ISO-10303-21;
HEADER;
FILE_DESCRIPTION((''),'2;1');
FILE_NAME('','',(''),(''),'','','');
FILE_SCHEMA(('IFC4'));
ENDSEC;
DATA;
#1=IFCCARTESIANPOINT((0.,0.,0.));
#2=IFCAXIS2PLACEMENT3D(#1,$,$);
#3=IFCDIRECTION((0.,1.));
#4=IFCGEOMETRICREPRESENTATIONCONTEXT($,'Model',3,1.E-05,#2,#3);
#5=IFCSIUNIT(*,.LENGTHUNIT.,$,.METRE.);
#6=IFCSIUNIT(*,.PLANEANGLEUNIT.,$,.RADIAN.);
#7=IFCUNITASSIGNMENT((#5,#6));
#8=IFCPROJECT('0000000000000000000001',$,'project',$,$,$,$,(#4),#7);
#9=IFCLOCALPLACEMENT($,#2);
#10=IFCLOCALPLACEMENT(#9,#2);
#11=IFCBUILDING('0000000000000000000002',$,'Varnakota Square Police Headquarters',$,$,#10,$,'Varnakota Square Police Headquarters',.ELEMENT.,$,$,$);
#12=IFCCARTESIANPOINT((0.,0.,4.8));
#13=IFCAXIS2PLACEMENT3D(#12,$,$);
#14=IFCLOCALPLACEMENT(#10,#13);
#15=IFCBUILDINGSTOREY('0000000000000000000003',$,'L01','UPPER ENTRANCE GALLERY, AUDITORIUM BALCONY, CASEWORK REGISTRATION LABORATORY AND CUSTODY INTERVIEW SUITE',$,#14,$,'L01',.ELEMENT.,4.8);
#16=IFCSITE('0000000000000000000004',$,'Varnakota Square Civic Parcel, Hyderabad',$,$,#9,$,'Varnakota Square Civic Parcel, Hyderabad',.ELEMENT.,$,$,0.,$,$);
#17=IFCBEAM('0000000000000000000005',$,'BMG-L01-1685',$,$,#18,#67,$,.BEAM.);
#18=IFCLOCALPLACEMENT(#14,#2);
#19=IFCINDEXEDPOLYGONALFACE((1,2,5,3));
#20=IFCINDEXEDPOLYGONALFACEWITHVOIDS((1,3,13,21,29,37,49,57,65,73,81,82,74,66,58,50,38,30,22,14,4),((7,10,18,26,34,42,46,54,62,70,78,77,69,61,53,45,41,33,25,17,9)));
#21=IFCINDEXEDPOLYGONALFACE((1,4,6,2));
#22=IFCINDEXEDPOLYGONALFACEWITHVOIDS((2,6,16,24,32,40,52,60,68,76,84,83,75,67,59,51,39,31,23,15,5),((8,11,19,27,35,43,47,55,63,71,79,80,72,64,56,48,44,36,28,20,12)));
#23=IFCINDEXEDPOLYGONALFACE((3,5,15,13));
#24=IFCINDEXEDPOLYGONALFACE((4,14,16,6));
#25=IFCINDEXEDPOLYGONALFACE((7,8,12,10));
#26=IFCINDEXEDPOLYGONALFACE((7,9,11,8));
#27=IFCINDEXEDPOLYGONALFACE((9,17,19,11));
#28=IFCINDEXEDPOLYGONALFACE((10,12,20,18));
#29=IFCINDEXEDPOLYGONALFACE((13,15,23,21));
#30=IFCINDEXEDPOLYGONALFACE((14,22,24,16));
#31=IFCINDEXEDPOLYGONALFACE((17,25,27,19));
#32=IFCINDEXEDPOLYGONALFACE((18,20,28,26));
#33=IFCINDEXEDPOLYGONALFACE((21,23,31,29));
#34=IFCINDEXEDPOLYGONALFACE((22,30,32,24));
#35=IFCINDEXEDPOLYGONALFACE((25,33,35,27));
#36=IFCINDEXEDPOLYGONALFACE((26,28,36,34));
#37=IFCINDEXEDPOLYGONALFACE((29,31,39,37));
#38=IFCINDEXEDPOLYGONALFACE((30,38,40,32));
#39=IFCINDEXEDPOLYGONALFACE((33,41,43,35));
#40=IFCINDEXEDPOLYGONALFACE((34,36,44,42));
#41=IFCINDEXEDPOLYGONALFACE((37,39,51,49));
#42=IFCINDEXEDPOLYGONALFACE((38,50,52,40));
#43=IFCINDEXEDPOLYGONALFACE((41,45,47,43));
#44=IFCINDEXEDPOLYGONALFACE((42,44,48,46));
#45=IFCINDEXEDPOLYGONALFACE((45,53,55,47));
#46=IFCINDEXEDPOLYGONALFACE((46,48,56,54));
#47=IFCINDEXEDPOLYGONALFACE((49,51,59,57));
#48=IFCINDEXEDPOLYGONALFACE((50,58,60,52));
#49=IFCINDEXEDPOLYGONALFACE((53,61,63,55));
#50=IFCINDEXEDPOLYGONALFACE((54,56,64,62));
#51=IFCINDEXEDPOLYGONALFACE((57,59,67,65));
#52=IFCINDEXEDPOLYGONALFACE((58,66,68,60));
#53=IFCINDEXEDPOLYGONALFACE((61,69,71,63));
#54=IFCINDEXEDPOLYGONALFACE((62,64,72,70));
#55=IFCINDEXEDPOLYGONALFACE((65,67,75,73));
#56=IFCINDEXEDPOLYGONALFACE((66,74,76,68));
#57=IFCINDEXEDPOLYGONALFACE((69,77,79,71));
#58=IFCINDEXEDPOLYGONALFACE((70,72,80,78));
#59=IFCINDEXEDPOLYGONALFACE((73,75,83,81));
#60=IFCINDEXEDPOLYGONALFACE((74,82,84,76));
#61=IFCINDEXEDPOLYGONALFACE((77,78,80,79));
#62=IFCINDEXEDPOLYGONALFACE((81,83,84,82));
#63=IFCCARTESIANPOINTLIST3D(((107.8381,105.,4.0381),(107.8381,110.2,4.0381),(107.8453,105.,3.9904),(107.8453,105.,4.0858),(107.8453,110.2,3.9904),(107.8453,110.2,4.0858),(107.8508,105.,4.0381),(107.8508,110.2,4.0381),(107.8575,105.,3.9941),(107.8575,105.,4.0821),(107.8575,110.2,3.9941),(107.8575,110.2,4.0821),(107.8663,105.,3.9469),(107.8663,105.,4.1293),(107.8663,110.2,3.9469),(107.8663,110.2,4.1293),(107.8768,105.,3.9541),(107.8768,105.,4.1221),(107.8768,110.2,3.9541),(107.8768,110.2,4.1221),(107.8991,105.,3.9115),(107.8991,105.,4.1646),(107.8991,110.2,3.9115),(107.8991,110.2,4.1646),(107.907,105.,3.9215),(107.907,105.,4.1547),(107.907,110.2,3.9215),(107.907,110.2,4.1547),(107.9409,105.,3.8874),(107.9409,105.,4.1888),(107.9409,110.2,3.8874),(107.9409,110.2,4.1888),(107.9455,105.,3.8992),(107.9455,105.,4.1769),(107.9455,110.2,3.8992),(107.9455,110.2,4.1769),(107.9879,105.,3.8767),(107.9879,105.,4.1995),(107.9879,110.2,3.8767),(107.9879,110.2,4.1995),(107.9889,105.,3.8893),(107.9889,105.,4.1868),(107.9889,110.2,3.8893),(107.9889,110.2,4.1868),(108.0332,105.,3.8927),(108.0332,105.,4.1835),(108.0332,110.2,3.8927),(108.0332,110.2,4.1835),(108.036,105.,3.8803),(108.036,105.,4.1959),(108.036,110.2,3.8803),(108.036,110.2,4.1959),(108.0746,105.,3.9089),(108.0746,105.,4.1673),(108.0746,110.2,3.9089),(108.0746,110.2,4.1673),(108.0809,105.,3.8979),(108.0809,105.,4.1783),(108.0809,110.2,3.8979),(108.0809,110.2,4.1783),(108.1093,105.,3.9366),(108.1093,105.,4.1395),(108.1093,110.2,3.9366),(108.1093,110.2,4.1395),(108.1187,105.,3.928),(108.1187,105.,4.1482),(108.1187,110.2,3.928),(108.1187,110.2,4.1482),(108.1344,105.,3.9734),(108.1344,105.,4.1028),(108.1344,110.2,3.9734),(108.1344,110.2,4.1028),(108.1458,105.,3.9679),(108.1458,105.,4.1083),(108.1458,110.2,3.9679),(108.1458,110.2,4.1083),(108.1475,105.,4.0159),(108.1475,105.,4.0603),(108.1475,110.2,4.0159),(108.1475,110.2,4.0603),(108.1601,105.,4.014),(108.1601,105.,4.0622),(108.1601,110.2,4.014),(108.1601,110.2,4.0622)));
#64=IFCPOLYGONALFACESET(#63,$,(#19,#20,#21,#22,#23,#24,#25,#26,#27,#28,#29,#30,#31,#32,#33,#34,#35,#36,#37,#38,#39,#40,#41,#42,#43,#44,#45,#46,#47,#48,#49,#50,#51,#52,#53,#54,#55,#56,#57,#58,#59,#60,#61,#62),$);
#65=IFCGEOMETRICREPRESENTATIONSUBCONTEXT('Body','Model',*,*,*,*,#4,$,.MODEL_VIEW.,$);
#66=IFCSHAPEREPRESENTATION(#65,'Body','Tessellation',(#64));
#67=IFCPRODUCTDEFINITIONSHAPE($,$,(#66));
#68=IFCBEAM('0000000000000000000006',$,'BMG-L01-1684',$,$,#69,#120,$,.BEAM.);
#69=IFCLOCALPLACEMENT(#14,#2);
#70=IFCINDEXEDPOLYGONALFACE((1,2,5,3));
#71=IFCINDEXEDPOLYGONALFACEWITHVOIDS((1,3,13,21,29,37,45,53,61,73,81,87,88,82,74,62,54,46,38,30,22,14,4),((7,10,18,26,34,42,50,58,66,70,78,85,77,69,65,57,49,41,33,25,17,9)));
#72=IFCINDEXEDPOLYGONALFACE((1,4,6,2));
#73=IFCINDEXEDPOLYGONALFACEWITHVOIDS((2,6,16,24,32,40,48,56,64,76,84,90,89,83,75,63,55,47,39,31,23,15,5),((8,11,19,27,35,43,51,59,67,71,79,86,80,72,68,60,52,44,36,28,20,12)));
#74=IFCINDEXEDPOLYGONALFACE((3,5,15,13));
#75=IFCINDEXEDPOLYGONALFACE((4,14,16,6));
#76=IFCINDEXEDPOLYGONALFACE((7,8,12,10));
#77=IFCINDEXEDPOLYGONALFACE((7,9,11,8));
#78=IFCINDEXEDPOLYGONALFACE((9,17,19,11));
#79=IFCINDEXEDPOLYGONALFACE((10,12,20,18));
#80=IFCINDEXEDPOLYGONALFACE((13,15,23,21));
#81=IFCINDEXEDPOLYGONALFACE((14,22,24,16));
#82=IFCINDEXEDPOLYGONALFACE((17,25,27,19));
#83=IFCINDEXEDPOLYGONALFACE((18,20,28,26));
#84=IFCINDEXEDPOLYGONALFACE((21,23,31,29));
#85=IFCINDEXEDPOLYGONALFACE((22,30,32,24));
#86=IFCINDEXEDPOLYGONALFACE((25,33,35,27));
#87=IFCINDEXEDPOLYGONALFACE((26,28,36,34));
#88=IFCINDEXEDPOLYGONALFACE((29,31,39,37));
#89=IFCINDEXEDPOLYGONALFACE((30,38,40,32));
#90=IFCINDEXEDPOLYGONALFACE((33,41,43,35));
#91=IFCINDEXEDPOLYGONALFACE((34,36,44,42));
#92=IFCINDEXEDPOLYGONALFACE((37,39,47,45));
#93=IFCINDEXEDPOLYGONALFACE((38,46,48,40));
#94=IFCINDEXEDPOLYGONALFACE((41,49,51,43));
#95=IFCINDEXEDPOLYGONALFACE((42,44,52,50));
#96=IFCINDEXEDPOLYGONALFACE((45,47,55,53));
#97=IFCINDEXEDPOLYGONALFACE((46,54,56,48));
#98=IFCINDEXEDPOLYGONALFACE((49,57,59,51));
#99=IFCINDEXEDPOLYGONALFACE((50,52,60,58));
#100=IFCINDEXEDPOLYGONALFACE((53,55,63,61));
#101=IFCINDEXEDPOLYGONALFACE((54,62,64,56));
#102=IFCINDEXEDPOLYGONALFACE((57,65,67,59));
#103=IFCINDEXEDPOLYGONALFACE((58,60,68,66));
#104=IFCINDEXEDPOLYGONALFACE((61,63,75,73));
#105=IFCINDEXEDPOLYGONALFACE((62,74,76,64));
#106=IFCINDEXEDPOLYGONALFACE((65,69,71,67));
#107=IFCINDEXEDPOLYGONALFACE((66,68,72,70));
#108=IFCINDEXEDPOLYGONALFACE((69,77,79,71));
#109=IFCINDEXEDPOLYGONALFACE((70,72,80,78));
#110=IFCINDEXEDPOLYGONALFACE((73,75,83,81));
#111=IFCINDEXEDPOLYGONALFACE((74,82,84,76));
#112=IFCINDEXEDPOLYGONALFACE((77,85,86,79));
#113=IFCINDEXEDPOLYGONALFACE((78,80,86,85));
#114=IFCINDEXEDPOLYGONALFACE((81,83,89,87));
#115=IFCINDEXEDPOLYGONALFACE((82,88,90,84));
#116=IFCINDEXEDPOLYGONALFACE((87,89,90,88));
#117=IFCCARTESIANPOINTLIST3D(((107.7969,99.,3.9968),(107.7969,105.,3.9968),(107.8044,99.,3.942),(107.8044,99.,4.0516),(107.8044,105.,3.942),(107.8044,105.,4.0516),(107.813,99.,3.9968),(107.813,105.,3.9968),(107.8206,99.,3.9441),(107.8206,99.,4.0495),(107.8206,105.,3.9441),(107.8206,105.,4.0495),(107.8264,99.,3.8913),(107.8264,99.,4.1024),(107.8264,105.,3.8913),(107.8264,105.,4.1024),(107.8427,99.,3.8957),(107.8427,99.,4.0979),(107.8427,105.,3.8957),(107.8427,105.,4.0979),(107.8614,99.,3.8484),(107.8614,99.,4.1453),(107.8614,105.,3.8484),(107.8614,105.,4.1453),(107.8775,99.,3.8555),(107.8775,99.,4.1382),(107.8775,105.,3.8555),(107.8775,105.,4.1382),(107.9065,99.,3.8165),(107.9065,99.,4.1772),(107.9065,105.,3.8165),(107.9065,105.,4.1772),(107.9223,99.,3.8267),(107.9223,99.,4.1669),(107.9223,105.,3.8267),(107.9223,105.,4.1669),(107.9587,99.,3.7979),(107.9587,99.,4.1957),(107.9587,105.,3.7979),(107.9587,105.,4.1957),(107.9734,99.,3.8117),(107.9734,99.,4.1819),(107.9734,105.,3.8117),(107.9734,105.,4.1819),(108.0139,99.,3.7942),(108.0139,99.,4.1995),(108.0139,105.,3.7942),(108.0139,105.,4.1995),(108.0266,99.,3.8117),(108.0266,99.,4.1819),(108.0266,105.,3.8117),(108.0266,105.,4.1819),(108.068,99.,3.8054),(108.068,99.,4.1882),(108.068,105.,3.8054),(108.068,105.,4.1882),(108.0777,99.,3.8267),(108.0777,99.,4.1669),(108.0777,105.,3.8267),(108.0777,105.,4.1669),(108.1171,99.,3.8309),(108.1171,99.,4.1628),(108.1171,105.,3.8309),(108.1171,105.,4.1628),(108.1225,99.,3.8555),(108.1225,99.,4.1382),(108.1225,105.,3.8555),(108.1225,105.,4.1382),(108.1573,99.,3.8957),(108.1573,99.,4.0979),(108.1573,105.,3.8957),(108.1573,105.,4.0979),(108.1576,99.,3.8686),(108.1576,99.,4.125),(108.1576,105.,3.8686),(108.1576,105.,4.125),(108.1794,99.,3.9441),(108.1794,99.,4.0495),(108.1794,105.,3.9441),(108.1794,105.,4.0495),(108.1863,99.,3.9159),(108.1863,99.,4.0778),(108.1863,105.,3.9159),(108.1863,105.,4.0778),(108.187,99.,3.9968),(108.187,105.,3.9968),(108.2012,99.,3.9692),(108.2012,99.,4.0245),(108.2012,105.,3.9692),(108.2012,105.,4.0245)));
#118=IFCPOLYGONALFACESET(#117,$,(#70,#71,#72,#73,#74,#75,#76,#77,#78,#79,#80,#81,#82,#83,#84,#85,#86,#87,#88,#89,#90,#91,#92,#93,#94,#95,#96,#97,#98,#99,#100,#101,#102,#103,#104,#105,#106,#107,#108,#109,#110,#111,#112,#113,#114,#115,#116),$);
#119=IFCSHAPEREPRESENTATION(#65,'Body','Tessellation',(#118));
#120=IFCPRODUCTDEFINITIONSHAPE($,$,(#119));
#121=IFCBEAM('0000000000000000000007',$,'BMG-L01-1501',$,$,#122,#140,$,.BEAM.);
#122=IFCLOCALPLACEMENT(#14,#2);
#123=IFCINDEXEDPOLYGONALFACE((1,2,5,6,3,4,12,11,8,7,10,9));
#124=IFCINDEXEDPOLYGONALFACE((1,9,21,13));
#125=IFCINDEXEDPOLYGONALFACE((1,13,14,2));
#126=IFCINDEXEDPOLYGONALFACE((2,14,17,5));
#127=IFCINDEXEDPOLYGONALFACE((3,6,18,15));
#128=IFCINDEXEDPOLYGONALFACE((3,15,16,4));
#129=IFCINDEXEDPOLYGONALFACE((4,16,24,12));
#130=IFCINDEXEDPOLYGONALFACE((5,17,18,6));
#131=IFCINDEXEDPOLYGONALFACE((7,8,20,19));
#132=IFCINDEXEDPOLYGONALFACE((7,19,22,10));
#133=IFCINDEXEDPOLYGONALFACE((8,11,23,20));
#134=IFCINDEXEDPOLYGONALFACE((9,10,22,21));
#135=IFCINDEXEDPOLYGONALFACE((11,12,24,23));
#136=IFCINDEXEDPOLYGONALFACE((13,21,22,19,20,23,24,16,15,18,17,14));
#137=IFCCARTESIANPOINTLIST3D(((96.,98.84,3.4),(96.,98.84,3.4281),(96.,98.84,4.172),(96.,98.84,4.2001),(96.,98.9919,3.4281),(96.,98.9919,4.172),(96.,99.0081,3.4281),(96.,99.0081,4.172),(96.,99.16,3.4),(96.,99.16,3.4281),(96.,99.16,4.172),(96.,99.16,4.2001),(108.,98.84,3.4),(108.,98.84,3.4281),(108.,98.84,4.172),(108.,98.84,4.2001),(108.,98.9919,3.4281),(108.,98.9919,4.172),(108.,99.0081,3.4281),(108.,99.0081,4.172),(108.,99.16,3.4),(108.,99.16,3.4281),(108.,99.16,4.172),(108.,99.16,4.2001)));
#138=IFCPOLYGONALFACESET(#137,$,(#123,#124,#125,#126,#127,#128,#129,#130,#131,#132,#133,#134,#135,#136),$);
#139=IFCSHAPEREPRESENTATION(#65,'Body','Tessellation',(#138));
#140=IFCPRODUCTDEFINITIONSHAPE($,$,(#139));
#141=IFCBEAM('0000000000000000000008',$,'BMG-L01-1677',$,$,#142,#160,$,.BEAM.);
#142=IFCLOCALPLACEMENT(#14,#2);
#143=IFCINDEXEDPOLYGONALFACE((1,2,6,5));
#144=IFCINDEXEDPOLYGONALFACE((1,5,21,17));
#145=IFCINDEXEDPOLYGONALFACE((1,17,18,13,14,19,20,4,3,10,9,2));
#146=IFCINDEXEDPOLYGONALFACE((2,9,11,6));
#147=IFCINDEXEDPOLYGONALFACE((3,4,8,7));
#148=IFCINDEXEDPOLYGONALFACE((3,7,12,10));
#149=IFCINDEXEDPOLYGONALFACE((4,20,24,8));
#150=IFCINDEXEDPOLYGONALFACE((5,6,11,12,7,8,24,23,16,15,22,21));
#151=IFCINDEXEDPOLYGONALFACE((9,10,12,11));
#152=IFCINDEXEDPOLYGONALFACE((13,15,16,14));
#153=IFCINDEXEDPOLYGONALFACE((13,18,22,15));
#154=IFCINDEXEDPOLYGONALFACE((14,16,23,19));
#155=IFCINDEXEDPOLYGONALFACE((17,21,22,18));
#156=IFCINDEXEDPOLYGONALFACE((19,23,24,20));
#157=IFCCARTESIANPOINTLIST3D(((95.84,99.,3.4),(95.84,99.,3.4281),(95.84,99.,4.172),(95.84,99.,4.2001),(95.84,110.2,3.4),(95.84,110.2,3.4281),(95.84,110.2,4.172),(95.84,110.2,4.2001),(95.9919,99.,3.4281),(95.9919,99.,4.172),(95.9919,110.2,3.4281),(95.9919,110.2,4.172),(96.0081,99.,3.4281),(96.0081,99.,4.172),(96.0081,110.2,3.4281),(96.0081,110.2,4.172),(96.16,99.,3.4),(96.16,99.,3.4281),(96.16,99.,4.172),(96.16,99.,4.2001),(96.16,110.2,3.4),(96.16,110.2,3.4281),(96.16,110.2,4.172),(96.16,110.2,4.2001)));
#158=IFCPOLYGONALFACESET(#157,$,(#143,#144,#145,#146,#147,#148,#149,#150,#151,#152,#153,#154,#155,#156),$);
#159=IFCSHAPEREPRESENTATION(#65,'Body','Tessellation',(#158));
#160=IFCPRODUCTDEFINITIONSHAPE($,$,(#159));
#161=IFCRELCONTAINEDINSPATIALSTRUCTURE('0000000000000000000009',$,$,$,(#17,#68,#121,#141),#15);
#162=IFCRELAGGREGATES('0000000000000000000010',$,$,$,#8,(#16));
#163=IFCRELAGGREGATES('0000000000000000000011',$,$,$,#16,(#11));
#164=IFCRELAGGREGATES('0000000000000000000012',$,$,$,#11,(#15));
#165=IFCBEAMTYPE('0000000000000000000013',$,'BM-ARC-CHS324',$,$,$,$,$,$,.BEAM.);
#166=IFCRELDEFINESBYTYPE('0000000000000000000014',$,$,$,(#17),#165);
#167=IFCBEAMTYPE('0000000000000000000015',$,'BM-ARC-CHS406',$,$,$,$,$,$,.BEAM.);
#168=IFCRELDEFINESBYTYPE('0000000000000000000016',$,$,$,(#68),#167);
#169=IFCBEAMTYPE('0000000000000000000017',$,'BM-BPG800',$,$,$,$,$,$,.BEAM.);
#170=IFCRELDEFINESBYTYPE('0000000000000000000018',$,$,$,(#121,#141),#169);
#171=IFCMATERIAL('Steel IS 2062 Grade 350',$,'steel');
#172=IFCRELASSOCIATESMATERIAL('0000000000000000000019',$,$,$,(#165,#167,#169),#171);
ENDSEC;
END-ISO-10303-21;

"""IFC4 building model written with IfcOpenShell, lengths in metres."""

from ifc_helpers import new_model, si_unit, direction, frame, origin, origin_2d, place, context, subcontext, project, spatial, hollow_circle, i_section, extrude, material, material_profile, profile_set, type_object, element, save


model = new_model("IFC4")

# Units and contexts
model_context = context("Model", 3, precision=1e-05, world=origin(), true_north=direction((0.0, 1.0)))
body_context = subcontext(model_context, "Body", "Model", "MODEL_VIEW")
ifc_project = project(units=[si_unit("LENGTHUNIT", "METRE"), si_unit("PLANEANGLEUNIT", "RADIAN")], contexts=[model_context])

# Site, building, storey
site_placement = place(None, origin())
site = spatial("IfcSite", under=ifc_project, at=site_placement, Name="Varnakota Square Civic Parcel, Hyderabad", LongName="Varnakota Square Civic Parcel, Hyderabad", CompositionType="ELEMENT", RefElevation=0.0)
building_placement = place(site_placement, origin())
building = spatial("IfcBuilding", under=site, at=building_placement, Name="Varnakota Square Police Headquarters", LongName="Varnakota Square Police Headquarters", CompositionType="ELEMENT")
storey_placement = place(building_placement, frame((0.0, 0.0, 4.8)))
storey = spatial("IfcBuildingStorey", under=building, at=storey_placement, Name="L01", Description="UPPER ENTRANCE GALLERY, AUDITORIUM BALCONY, CASEWORK REGISTRATION LABORATORY AND CUSTODY INTERVIEW SUITE", LongName="L01", CompositionType="ELEMENT", Elevation=4.8)

# Shared definitions
ifc_material_1 = material(Name="Steel IS 2062 Grade 350", Category="steel")

# Beams
ifc_material_profile_1 = material_profile(ifc_material_1, hollow_circle(Radius=0.1619, WallThickness=0.0127, at=origin_2d()), Name="CHS 323.9x12.7")
ifc_profile_set_1 = profile_set([ifc_material_profile_1], Name="Steel IS 2062 Grade 350")
beam_type_1 = type_object("IfcBeamType", Name="BM-ARC-CHS324", PredefinedType="BEAM", material=ifc_profile_set_1)
beam_1_placement = place(storey_placement, frame((108.0, 105.0, 4.0381), z_axis=(0.0, 1.0, 0.0), x_axis=(-1.0, 0.0, 0.0)))
element("IfcBeam", 1, at=beam_1_placement, inside=storey, type_object=beam_type_1, Name="BMG-L01-1685", PredefinedType="BEAM", context=body_context, shape_type="SweptSolid", body=[
    extrude(hollow_circle(Radius=0.1619, WallThickness=0.0127, at=origin_2d()), origin(), (0.0, 0.0, 1.0), 5.2),
])
ifc_material_profile_2 = material_profile(ifc_material_1, hollow_circle(Radius=0.2031, WallThickness=0.0161, at=origin_2d()), Name="CHS 406.4x16.0")
ifc_profile_set_2 = profile_set([ifc_material_profile_2], Name="Steel IS 2062 Grade 350")
beam_type_2 = type_object("IfcBeamType", Name="BM-ARC-CHS406", PredefinedType="BEAM", material=ifc_profile_set_2)
beam_2_placement = place(storey_placement, frame((108.0, 99.0, 3.9968), z_axis=(0.0, 1.0, 0.0), x_axis=(-1.0, 0.0, 0.0)))
element("IfcBeam", 2, at=beam_2_placement, inside=storey, type_object=beam_type_2, Name="BMG-L01-1684", PredefinedType="BEAM", context=body_context, shape_type="SweptSolid", body=[
    extrude(hollow_circle(Radius=0.2031, WallThickness=0.0161, at=origin_2d()), origin(), (0.0, 0.0, 1.0), 6.0),
])
ifc_material_profile_3 = material_profile(ifc_material_1, i_section(OverallWidth=0.3201, OverallDepth=0.8, WebThickness=0.0161, FlangeThickness=0.0281, at=origin_2d()), Name="BPG 800x320")
ifc_profile_set_3 = profile_set([ifc_material_profile_3], Name="Steel IS 2062 Grade 350")
beam_type_3 = type_object("IfcBeamType", Name="BM-BPG800", PredefinedType="BEAM", material=ifc_profile_set_3)
beam_3_placement = place(storey_placement, frame((96.0, 99.0, 3.8), z_axis=(1.0, 0.0, 0.0), x_axis=(0.0, 1.0, 0.0)))
element("IfcBeam", 3, at=beam_3_placement, inside=storey, type_object=beam_type_3, Name="BMG-L01-1501", PredefinedType="BEAM", context=body_context, shape_type="SweptSolid", body=[
    extrude(i_section(OverallWidth=0.3201, OverallDepth=0.8, WebThickness=0.0161, FlangeThickness=0.0281, at=origin_2d()), origin(), (0.0, 0.0, 1.0), 12.0),
])
beam_4_placement = place(storey_placement, frame((96.0, 99.0, 3.8), z_axis=(0.0, 1.0, 0.0), x_axis=(-1.0, 0.0, 0.0)))
element("IfcBeam", 4, at=beam_4_placement, inside=storey, type_object=beam_type_3, Name="BMG-L01-1677", PredefinedType="BEAM", context=body_context, shape_type="SweptSolid", body=[
    extrude(i_section(OverallWidth=0.3201, OverallDepth=0.8, WebThickness=0.0161, FlangeThickness=0.0281, at=origin_2d()), origin(), (0.0, 0.0, 1.0), 11.2),
])

save(model, "model.ifc")
